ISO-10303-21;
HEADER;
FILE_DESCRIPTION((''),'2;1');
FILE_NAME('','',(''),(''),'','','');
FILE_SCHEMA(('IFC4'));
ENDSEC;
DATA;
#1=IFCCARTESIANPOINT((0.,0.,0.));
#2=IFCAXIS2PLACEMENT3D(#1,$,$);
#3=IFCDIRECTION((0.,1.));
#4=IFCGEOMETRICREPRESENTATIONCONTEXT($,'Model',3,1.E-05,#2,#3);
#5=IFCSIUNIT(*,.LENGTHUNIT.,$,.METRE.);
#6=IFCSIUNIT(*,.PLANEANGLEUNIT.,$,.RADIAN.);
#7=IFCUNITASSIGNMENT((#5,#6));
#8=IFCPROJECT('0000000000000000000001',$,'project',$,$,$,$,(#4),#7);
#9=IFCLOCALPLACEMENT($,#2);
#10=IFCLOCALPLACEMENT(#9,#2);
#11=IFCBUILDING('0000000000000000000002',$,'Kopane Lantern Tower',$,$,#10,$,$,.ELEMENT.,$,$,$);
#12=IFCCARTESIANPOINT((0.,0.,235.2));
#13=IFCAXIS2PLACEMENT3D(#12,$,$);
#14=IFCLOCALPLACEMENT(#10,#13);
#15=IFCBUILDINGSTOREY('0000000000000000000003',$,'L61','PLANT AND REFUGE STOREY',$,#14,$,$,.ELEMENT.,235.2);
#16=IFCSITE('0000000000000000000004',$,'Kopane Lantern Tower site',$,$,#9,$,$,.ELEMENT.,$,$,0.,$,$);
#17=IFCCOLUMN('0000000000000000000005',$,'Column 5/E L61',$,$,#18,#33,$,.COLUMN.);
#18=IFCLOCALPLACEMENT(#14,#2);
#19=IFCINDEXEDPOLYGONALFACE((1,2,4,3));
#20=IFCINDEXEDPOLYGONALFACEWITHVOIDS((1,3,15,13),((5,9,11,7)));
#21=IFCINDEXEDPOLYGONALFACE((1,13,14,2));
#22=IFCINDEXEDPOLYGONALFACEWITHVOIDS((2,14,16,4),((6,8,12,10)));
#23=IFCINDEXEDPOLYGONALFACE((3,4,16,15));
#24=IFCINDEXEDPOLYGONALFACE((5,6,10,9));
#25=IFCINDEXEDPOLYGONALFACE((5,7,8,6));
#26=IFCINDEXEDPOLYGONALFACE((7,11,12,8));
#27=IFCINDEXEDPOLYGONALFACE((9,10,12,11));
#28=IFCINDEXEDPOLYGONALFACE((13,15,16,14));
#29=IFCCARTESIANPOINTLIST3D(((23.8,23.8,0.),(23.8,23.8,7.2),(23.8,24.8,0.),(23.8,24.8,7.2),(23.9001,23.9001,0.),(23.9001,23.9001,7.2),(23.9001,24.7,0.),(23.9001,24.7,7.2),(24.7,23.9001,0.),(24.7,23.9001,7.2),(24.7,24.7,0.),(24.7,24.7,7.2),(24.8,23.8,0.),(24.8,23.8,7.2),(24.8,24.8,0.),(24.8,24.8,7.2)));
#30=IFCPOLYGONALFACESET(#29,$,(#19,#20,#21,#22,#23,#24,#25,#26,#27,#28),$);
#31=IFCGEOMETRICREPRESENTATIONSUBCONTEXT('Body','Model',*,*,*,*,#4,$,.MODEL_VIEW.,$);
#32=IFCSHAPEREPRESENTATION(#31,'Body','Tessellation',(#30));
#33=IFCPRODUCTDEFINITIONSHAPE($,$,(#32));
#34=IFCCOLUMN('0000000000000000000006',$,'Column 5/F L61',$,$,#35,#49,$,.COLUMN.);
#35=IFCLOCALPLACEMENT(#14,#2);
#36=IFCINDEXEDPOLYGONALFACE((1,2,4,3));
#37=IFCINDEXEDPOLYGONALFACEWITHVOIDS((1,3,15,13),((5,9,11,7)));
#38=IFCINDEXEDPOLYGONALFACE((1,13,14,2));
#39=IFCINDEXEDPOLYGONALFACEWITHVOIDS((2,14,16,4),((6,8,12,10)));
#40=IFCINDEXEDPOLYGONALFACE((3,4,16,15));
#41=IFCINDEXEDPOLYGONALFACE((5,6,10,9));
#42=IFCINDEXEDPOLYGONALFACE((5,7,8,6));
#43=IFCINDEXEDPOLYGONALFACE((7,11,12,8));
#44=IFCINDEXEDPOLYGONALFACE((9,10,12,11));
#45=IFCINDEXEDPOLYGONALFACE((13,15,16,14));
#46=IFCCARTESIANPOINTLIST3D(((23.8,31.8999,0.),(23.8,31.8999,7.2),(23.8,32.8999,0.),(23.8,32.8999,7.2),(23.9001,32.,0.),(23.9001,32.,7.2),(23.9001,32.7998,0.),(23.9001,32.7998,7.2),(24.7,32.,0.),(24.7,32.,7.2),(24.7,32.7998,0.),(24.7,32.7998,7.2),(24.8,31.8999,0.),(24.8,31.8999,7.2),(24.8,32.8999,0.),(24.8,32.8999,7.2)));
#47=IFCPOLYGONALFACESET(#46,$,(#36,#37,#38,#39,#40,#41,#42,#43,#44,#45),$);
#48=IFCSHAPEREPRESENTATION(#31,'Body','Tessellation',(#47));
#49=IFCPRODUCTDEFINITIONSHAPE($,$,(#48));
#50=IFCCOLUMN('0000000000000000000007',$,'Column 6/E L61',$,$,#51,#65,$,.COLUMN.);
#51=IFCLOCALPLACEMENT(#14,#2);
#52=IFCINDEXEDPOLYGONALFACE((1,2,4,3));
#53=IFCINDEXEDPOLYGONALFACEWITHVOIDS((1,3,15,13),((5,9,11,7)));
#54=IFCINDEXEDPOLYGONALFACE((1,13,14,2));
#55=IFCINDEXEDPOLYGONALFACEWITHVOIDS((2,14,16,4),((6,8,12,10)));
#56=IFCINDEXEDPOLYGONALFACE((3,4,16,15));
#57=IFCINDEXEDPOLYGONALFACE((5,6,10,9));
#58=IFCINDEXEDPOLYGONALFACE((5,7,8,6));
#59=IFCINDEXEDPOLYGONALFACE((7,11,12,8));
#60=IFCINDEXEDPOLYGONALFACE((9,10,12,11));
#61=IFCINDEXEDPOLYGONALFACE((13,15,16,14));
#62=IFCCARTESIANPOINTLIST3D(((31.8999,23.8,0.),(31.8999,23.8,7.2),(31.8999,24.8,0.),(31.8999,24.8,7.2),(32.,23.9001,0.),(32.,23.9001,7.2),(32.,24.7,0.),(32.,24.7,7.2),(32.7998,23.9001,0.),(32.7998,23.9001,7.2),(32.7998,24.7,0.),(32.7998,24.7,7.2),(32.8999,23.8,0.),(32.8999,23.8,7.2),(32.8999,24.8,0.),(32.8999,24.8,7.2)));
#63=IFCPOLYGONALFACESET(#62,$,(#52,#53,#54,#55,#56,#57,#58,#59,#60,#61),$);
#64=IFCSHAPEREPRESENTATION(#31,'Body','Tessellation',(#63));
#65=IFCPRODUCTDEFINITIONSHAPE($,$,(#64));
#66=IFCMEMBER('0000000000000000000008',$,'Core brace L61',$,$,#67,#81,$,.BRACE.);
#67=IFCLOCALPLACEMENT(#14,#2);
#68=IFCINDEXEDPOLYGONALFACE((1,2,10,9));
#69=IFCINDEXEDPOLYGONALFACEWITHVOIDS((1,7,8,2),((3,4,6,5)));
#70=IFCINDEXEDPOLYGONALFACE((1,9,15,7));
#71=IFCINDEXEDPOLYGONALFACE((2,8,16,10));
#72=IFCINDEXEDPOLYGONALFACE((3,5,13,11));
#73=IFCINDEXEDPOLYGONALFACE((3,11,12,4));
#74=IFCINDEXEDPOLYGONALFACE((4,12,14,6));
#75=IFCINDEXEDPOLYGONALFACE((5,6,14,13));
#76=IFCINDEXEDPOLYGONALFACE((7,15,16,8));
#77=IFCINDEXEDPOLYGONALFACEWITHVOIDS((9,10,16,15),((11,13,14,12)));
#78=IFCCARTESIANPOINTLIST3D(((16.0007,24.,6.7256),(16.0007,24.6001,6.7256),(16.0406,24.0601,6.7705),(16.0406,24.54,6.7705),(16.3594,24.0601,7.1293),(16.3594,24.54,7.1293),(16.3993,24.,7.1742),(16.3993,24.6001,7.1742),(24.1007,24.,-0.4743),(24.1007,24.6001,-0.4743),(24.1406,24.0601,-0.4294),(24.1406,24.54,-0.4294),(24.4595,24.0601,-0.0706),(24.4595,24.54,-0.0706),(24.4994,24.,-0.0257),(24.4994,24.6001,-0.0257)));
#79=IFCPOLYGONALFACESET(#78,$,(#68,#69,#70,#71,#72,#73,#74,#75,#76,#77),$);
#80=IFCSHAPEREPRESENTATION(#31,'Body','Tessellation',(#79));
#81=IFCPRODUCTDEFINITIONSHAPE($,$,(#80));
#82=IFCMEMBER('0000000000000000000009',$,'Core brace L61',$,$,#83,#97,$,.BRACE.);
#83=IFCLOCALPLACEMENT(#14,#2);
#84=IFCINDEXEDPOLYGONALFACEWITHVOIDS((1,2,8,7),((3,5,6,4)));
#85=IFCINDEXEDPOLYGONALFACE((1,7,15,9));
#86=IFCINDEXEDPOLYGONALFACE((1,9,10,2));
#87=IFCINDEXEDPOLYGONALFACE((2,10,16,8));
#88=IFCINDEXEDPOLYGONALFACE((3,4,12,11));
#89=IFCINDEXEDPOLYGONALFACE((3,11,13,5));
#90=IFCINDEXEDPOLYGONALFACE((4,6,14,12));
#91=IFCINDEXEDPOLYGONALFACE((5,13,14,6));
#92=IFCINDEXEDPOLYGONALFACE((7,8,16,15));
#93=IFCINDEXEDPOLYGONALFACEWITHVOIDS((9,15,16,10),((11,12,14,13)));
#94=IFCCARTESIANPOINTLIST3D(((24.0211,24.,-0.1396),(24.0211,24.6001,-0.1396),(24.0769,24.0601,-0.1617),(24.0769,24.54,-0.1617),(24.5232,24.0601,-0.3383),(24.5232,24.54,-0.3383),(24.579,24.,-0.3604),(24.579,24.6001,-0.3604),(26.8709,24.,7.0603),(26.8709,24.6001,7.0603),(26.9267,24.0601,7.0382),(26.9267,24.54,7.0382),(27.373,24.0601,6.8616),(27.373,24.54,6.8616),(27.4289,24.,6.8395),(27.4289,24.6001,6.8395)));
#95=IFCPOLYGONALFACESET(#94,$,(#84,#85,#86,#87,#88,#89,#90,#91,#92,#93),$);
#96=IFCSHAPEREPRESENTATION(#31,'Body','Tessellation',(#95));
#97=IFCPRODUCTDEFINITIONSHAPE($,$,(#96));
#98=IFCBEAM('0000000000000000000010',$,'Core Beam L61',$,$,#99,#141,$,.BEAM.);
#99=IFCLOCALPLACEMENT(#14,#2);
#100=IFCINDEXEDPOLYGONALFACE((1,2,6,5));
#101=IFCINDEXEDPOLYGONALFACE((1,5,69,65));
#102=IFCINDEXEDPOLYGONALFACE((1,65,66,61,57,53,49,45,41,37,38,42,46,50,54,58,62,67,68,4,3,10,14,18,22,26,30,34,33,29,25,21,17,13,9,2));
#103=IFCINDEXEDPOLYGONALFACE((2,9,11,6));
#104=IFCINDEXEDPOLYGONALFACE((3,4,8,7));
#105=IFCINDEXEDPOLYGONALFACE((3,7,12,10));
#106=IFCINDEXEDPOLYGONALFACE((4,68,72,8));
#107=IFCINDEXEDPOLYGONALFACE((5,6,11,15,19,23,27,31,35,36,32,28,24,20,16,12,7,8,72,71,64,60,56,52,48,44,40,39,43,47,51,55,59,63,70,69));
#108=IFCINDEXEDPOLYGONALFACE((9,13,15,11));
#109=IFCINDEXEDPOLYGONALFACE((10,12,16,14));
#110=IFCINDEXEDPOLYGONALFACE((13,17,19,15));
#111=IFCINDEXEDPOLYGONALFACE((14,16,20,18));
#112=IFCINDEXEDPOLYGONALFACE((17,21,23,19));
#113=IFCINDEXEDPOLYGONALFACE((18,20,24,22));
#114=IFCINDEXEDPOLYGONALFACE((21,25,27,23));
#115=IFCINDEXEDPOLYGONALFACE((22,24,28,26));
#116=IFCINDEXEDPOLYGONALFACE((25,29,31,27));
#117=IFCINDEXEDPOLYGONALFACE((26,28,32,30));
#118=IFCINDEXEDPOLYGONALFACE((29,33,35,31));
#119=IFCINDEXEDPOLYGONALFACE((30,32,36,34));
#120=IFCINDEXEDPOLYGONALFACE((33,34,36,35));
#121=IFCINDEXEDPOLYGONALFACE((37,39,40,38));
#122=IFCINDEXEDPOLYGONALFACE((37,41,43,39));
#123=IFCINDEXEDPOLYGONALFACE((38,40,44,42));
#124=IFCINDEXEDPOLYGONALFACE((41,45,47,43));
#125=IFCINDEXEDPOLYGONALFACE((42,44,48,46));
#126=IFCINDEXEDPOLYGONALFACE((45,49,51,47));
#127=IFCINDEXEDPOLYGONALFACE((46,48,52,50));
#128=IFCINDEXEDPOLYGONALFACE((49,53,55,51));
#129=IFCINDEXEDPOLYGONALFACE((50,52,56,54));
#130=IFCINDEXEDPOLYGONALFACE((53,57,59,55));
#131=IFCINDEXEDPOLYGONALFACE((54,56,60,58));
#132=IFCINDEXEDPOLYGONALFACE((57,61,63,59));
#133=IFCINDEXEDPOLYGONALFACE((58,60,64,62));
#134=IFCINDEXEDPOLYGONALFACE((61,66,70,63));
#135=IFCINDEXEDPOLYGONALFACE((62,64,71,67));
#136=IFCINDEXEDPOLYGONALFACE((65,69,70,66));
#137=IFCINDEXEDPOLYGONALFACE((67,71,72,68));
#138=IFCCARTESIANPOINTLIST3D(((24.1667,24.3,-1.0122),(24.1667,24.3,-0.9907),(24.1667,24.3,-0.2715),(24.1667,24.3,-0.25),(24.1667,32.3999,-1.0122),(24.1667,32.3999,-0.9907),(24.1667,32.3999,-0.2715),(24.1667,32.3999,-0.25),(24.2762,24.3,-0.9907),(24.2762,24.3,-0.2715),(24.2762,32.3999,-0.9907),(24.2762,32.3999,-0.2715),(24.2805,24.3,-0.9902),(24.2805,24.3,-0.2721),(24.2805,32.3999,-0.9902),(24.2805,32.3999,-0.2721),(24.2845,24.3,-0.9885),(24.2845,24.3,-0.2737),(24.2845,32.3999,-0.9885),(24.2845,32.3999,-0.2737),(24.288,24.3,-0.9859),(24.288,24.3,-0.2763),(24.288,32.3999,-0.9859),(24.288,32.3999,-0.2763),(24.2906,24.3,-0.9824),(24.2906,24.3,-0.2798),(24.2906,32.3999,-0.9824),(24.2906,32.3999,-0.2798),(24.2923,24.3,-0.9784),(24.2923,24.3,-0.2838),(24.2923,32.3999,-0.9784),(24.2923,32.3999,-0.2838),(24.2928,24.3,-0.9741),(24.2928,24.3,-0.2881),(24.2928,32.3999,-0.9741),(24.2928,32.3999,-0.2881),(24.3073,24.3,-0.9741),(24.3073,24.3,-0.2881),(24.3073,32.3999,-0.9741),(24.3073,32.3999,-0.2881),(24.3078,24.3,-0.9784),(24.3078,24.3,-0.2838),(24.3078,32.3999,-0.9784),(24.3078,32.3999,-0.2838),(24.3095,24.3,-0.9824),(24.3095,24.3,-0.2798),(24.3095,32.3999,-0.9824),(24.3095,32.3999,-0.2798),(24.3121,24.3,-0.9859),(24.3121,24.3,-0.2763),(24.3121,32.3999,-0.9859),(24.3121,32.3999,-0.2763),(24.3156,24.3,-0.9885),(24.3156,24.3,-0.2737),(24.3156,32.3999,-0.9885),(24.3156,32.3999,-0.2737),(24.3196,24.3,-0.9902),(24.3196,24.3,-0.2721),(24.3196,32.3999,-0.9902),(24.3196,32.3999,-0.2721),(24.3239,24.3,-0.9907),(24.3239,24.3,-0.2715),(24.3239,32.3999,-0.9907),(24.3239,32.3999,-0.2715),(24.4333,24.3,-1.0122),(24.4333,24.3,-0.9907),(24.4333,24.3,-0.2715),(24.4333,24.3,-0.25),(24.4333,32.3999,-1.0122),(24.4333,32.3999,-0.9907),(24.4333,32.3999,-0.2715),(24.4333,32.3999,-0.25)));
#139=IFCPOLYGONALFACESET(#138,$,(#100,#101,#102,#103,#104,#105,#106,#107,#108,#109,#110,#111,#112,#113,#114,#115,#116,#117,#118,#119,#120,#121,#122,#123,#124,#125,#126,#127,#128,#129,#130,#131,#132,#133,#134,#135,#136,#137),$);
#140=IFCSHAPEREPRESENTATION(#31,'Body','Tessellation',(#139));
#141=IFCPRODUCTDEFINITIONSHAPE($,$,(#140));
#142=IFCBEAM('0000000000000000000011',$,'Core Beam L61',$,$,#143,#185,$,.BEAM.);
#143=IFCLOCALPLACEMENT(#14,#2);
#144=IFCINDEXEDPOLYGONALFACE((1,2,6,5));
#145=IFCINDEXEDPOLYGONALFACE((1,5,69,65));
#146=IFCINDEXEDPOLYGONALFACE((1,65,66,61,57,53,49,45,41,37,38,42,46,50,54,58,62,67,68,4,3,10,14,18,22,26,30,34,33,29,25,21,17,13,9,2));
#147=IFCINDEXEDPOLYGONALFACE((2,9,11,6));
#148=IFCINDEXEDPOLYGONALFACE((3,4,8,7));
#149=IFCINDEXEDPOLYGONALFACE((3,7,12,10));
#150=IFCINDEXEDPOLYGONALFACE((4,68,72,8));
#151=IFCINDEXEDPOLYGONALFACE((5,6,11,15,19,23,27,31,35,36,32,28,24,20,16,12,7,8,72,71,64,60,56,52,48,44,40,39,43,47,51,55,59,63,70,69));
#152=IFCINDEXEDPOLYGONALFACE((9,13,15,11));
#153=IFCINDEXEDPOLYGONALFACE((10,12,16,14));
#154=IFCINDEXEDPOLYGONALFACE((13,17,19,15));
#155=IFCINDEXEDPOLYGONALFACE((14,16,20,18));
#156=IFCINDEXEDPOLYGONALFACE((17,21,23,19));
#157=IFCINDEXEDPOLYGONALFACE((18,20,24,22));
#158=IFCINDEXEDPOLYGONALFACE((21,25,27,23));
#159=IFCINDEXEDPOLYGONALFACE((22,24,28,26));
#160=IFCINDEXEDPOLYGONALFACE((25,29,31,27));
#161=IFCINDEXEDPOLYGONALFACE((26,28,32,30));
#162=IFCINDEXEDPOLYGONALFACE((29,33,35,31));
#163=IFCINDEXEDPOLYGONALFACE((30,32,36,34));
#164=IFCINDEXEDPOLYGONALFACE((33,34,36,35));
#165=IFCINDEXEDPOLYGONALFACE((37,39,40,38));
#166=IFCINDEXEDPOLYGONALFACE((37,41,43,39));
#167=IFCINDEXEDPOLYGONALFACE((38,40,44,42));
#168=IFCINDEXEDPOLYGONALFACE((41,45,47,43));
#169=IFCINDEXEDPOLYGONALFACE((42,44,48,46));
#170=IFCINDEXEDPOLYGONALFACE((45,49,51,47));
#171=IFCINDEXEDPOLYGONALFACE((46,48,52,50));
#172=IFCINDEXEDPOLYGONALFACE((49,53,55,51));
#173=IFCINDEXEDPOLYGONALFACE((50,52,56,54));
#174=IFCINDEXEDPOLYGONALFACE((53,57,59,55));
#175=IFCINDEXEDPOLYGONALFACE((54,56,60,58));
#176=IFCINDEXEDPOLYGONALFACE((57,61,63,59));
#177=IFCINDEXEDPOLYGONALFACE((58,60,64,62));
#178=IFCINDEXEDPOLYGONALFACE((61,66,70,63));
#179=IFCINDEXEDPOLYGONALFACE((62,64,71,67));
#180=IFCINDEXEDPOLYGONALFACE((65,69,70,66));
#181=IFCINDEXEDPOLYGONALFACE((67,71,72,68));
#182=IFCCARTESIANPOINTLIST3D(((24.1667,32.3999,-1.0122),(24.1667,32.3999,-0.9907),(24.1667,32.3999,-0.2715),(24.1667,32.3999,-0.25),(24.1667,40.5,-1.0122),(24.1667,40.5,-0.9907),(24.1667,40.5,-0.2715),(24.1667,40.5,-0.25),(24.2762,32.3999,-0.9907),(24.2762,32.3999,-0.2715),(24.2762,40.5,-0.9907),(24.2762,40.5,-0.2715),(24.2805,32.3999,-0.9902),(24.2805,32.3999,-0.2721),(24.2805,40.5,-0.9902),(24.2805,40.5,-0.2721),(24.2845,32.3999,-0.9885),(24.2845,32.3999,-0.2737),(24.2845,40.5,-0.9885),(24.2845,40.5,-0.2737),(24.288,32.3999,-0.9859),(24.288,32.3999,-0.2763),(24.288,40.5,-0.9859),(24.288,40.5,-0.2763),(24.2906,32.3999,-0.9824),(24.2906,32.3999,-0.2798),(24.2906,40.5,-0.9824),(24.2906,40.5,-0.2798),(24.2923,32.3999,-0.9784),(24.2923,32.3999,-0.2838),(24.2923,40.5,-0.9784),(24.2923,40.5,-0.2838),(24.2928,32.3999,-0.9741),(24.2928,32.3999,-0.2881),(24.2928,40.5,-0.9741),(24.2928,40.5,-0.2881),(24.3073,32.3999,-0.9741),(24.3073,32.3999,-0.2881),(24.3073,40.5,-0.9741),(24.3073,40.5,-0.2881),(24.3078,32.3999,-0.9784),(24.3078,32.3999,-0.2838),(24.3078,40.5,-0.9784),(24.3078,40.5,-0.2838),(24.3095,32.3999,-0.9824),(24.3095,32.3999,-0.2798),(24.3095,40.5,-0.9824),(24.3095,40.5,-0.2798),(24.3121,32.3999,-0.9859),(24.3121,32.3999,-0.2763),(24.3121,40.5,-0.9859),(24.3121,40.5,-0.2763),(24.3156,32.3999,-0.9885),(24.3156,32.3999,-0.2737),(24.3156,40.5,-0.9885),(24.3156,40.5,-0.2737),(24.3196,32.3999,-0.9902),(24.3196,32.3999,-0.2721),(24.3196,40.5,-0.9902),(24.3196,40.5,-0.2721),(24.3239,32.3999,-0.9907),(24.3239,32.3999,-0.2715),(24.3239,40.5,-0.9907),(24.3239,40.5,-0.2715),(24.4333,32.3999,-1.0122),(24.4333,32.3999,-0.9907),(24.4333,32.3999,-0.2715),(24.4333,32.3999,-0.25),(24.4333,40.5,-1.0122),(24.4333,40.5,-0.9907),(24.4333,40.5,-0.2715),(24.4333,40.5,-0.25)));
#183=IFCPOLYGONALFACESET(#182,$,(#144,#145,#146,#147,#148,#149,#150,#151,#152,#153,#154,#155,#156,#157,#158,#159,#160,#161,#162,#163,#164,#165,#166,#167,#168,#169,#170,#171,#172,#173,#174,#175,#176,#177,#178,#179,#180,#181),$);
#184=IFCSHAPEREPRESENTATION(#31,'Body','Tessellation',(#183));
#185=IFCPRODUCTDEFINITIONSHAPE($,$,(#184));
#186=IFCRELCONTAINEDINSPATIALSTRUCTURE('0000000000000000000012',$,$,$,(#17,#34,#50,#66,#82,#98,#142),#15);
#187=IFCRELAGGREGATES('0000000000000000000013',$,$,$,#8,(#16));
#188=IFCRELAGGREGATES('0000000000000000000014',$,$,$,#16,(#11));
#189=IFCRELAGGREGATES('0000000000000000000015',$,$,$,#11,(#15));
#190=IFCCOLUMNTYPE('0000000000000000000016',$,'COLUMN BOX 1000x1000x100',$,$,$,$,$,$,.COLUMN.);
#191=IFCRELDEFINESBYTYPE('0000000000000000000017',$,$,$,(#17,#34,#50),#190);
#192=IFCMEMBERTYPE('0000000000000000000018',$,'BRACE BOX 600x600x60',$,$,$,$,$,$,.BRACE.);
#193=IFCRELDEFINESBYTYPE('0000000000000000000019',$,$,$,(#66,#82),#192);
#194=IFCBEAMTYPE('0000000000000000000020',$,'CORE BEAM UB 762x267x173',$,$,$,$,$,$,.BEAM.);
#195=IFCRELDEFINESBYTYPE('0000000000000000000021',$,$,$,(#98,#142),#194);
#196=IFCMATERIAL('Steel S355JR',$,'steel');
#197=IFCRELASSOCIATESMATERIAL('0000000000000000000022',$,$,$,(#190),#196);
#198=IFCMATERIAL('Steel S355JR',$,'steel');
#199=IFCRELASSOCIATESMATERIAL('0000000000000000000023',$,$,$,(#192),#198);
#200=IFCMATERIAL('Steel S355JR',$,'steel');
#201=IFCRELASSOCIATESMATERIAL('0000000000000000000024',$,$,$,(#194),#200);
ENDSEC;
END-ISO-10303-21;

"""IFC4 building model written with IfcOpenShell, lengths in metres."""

from ifc_helpers import new_model, si_unit, direction, frame, origin, origin_2d, place, context, subcontext, project, spatial, hollow_rectangle, i_section, extrude, material, material_profile, profile_set, type_object, element, save


model = new_model("IFC4")

# Units and contexts
model_context = context("Model", 3, precision=1e-05, world=origin(), true_north=direction((0.0, 1.0)))
body_context = subcontext(model_context, "Body", "Model", "MODEL_VIEW")
ifc_project = project(units=[si_unit("LENGTHUNIT", "METRE"), si_unit("PLANEANGLEUNIT", "RADIAN")], contexts=[model_context])

# Site, building, storey
site_placement = place(None, origin())
site = spatial("IfcSite", under=ifc_project, at=site_placement, Name="Kopane Lantern Tower site", CompositionType="ELEMENT", RefElevation=0.0)
building_placement = place(site_placement, origin())
building = spatial("IfcBuilding", under=site, at=building_placement, Name="Kopane Lantern Tower", CompositionType="ELEMENT")
storey_placement = place(building_placement, frame((0.0, 0.0, 235.2)))
storey = spatial("IfcBuildingStorey", under=building, at=storey_placement, Name="L61", Description="PLANT AND REFUGE STOREY", CompositionType="ELEMENT", Elevation=235.2)

# Columns
ifc_material_1 = material(Name="Steel S355JR", Category="steel")
ifc_material_profile_1 = material_profile(ifc_material_1, hollow_rectangle(XDim=1.0, YDim=1.0, WallThickness=0.1001, at=origin_2d()), Name="BOX 1000x1000x100")
ifc_profile_set_1 = profile_set([ifc_material_profile_1], Name="Steel S355JR")
column_type = type_object("IfcColumnType", Name="COLUMN BOX 1000x1000x100", PredefinedType="COLUMN", material=ifc_profile_set_1)
for number, where, z_axis, x_axis, name in (
    (1, (24.3, 24.3, 0.0), (0.0, 0.0, 1.0), (1.0, 0.0, 0.0), "Column 5/E L61"),
    (2, (24.3, 32.3999, 0.0), (0.0, 0.0, 1.0), (1.0, 0.0, 0.0), "Column 5/F L61"),
    (3, (32.3999, 24.3, 0.0), (0.0, 0.0, 1.0), (1.0, 0.0, 0.0), "Column 6/E L61"),
):
    element("IfcColumn", number, at=place(storey_placement, frame(where, z_axis=z_axis, x_axis=x_axis)), inside=storey, type_object=column_type, Name=name, PredefinedType="COLUMN", context=body_context, shape_type="SweptSolid", body=[
        extrude(hollow_rectangle(XDim=1.0, YDim=1.0, WallThickness=0.1001, at=origin_2d()), origin(), (0.0, 0.0, 1.0), 7.2),
    ])

# Members
ifc_material_2 = material(Name="Steel S355JR", Category="steel")
ifc_material_profile_2 = material_profile(ifc_material_2, hollow_rectangle(XDim=0.6001, YDim=0.6001, WallThickness=0.0601, at=origin_2d()), Name="BOX 600x600x60")
ifc_profile_set_2 = profile_set([ifc_material_profile_2], Name="Steel S355JR")
member_type = type_object("IfcMemberType", Name="BRACE BOX 600x600x60", PredefinedType="BRACE", material=ifc_profile_set_2)
member_1_placement = place(storey_placement, frame((24.3, 24.3, -0.25), z_axis=(-0.747416, 0.0, 0.664357), x_axis=(0.0, -1.0, 0.0)))
element("IfcMember", 4, at=member_1_placement, inside=storey, type_object=member_type, Name="Core brace L61", PredefinedType="BRACE", context=body_context, shape_type="SweptSolid", body=[
    extrude(hollow_rectangle(XDim=0.6001, YDim=0.6001, WallThickness=0.0601, at=origin_2d()), origin(), (0.0, 0.0, 1.0), 10.8374),
])
member_2_placement = place(storey_placement, frame((24.3, 24.3, -0.25), z_axis=(0.368034, 0.0, 0.929812), x_axis=(0.0, 1.0, 0.0)))
element("IfcMember", 5, at=member_2_placement, inside=storey, type_object=member_type, Name="Core brace L61", PredefinedType="BRACE", context=body_context, shape_type="SweptSolid", body=[
    extrude(hollow_rectangle(XDim=0.6001, YDim=0.6001, WallThickness=0.0601, at=origin_2d()), origin(), (0.0, 0.0, 1.0), 7.7434),
])

# Beams
ifc_material_3 = material(Name="Steel S355JR", Category="steel")
ifc_material_profile_3 = material_profile(ifc_material_3, i_section(OverallWidth=0.2666, OverallDepth=0.7622, WebThickness=0.0144, FlangeThickness=0.0215, FilletRadius=0.0166, at=origin_2d()), Name="UB 762x267x173")
ifc_profile_set_3 = profile_set([ifc_material_profile_3], Name="Steel S355JR")
beam_type_1 = type_object("IfcBeamType", Name="CORE BEAM UB 762x267x173", PredefinedType="BEAM", material=ifc_profile_set_3)
beam_1_placement = place(storey_placement, frame((24.3, 24.3, -0.6311), z_axis=(0.0, 1.0, 0.0), x_axis=(-1.0, 0.0, 0.0)))
element("IfcBeam", 6, at=beam_1_placement, inside=storey, type_object=beam_type_1, Name="Core Beam L61", PredefinedType="BEAM", context=body_context, shape_type="SweptSolid", body=[
    extrude(i_section(OverallWidth=0.2666, OverallDepth=0.7622, WebThickness=0.0144, FlangeThickness=0.0215, FilletRadius=0.0166, at=origin_2d()), origin(), (0.0, 0.0, 1.0), 8.0999),
])
beam_2_placement = place(storey_placement, frame((24.3, 32.3999, -0.6311), z_axis=(0.0, 1.0, 0.0), x_axis=(-1.0, 0.0, 0.0)))
element("IfcBeam", 7, at=beam_2_placement, inside=storey, type_object=beam_type_1, Name="Core Beam L61", PredefinedType="BEAM", context=body_context, shape_type="SweptSolid", body=[
    extrude(i_section(OverallWidth=0.2666, OverallDepth=0.7622, WebThickness=0.0144, FlangeThickness=0.0215, FilletRadius=0.0166, at=origin_2d()), origin(), (0.0, 0.0, 1.0), 8.1001),
])

save(model, "model.ifc")
